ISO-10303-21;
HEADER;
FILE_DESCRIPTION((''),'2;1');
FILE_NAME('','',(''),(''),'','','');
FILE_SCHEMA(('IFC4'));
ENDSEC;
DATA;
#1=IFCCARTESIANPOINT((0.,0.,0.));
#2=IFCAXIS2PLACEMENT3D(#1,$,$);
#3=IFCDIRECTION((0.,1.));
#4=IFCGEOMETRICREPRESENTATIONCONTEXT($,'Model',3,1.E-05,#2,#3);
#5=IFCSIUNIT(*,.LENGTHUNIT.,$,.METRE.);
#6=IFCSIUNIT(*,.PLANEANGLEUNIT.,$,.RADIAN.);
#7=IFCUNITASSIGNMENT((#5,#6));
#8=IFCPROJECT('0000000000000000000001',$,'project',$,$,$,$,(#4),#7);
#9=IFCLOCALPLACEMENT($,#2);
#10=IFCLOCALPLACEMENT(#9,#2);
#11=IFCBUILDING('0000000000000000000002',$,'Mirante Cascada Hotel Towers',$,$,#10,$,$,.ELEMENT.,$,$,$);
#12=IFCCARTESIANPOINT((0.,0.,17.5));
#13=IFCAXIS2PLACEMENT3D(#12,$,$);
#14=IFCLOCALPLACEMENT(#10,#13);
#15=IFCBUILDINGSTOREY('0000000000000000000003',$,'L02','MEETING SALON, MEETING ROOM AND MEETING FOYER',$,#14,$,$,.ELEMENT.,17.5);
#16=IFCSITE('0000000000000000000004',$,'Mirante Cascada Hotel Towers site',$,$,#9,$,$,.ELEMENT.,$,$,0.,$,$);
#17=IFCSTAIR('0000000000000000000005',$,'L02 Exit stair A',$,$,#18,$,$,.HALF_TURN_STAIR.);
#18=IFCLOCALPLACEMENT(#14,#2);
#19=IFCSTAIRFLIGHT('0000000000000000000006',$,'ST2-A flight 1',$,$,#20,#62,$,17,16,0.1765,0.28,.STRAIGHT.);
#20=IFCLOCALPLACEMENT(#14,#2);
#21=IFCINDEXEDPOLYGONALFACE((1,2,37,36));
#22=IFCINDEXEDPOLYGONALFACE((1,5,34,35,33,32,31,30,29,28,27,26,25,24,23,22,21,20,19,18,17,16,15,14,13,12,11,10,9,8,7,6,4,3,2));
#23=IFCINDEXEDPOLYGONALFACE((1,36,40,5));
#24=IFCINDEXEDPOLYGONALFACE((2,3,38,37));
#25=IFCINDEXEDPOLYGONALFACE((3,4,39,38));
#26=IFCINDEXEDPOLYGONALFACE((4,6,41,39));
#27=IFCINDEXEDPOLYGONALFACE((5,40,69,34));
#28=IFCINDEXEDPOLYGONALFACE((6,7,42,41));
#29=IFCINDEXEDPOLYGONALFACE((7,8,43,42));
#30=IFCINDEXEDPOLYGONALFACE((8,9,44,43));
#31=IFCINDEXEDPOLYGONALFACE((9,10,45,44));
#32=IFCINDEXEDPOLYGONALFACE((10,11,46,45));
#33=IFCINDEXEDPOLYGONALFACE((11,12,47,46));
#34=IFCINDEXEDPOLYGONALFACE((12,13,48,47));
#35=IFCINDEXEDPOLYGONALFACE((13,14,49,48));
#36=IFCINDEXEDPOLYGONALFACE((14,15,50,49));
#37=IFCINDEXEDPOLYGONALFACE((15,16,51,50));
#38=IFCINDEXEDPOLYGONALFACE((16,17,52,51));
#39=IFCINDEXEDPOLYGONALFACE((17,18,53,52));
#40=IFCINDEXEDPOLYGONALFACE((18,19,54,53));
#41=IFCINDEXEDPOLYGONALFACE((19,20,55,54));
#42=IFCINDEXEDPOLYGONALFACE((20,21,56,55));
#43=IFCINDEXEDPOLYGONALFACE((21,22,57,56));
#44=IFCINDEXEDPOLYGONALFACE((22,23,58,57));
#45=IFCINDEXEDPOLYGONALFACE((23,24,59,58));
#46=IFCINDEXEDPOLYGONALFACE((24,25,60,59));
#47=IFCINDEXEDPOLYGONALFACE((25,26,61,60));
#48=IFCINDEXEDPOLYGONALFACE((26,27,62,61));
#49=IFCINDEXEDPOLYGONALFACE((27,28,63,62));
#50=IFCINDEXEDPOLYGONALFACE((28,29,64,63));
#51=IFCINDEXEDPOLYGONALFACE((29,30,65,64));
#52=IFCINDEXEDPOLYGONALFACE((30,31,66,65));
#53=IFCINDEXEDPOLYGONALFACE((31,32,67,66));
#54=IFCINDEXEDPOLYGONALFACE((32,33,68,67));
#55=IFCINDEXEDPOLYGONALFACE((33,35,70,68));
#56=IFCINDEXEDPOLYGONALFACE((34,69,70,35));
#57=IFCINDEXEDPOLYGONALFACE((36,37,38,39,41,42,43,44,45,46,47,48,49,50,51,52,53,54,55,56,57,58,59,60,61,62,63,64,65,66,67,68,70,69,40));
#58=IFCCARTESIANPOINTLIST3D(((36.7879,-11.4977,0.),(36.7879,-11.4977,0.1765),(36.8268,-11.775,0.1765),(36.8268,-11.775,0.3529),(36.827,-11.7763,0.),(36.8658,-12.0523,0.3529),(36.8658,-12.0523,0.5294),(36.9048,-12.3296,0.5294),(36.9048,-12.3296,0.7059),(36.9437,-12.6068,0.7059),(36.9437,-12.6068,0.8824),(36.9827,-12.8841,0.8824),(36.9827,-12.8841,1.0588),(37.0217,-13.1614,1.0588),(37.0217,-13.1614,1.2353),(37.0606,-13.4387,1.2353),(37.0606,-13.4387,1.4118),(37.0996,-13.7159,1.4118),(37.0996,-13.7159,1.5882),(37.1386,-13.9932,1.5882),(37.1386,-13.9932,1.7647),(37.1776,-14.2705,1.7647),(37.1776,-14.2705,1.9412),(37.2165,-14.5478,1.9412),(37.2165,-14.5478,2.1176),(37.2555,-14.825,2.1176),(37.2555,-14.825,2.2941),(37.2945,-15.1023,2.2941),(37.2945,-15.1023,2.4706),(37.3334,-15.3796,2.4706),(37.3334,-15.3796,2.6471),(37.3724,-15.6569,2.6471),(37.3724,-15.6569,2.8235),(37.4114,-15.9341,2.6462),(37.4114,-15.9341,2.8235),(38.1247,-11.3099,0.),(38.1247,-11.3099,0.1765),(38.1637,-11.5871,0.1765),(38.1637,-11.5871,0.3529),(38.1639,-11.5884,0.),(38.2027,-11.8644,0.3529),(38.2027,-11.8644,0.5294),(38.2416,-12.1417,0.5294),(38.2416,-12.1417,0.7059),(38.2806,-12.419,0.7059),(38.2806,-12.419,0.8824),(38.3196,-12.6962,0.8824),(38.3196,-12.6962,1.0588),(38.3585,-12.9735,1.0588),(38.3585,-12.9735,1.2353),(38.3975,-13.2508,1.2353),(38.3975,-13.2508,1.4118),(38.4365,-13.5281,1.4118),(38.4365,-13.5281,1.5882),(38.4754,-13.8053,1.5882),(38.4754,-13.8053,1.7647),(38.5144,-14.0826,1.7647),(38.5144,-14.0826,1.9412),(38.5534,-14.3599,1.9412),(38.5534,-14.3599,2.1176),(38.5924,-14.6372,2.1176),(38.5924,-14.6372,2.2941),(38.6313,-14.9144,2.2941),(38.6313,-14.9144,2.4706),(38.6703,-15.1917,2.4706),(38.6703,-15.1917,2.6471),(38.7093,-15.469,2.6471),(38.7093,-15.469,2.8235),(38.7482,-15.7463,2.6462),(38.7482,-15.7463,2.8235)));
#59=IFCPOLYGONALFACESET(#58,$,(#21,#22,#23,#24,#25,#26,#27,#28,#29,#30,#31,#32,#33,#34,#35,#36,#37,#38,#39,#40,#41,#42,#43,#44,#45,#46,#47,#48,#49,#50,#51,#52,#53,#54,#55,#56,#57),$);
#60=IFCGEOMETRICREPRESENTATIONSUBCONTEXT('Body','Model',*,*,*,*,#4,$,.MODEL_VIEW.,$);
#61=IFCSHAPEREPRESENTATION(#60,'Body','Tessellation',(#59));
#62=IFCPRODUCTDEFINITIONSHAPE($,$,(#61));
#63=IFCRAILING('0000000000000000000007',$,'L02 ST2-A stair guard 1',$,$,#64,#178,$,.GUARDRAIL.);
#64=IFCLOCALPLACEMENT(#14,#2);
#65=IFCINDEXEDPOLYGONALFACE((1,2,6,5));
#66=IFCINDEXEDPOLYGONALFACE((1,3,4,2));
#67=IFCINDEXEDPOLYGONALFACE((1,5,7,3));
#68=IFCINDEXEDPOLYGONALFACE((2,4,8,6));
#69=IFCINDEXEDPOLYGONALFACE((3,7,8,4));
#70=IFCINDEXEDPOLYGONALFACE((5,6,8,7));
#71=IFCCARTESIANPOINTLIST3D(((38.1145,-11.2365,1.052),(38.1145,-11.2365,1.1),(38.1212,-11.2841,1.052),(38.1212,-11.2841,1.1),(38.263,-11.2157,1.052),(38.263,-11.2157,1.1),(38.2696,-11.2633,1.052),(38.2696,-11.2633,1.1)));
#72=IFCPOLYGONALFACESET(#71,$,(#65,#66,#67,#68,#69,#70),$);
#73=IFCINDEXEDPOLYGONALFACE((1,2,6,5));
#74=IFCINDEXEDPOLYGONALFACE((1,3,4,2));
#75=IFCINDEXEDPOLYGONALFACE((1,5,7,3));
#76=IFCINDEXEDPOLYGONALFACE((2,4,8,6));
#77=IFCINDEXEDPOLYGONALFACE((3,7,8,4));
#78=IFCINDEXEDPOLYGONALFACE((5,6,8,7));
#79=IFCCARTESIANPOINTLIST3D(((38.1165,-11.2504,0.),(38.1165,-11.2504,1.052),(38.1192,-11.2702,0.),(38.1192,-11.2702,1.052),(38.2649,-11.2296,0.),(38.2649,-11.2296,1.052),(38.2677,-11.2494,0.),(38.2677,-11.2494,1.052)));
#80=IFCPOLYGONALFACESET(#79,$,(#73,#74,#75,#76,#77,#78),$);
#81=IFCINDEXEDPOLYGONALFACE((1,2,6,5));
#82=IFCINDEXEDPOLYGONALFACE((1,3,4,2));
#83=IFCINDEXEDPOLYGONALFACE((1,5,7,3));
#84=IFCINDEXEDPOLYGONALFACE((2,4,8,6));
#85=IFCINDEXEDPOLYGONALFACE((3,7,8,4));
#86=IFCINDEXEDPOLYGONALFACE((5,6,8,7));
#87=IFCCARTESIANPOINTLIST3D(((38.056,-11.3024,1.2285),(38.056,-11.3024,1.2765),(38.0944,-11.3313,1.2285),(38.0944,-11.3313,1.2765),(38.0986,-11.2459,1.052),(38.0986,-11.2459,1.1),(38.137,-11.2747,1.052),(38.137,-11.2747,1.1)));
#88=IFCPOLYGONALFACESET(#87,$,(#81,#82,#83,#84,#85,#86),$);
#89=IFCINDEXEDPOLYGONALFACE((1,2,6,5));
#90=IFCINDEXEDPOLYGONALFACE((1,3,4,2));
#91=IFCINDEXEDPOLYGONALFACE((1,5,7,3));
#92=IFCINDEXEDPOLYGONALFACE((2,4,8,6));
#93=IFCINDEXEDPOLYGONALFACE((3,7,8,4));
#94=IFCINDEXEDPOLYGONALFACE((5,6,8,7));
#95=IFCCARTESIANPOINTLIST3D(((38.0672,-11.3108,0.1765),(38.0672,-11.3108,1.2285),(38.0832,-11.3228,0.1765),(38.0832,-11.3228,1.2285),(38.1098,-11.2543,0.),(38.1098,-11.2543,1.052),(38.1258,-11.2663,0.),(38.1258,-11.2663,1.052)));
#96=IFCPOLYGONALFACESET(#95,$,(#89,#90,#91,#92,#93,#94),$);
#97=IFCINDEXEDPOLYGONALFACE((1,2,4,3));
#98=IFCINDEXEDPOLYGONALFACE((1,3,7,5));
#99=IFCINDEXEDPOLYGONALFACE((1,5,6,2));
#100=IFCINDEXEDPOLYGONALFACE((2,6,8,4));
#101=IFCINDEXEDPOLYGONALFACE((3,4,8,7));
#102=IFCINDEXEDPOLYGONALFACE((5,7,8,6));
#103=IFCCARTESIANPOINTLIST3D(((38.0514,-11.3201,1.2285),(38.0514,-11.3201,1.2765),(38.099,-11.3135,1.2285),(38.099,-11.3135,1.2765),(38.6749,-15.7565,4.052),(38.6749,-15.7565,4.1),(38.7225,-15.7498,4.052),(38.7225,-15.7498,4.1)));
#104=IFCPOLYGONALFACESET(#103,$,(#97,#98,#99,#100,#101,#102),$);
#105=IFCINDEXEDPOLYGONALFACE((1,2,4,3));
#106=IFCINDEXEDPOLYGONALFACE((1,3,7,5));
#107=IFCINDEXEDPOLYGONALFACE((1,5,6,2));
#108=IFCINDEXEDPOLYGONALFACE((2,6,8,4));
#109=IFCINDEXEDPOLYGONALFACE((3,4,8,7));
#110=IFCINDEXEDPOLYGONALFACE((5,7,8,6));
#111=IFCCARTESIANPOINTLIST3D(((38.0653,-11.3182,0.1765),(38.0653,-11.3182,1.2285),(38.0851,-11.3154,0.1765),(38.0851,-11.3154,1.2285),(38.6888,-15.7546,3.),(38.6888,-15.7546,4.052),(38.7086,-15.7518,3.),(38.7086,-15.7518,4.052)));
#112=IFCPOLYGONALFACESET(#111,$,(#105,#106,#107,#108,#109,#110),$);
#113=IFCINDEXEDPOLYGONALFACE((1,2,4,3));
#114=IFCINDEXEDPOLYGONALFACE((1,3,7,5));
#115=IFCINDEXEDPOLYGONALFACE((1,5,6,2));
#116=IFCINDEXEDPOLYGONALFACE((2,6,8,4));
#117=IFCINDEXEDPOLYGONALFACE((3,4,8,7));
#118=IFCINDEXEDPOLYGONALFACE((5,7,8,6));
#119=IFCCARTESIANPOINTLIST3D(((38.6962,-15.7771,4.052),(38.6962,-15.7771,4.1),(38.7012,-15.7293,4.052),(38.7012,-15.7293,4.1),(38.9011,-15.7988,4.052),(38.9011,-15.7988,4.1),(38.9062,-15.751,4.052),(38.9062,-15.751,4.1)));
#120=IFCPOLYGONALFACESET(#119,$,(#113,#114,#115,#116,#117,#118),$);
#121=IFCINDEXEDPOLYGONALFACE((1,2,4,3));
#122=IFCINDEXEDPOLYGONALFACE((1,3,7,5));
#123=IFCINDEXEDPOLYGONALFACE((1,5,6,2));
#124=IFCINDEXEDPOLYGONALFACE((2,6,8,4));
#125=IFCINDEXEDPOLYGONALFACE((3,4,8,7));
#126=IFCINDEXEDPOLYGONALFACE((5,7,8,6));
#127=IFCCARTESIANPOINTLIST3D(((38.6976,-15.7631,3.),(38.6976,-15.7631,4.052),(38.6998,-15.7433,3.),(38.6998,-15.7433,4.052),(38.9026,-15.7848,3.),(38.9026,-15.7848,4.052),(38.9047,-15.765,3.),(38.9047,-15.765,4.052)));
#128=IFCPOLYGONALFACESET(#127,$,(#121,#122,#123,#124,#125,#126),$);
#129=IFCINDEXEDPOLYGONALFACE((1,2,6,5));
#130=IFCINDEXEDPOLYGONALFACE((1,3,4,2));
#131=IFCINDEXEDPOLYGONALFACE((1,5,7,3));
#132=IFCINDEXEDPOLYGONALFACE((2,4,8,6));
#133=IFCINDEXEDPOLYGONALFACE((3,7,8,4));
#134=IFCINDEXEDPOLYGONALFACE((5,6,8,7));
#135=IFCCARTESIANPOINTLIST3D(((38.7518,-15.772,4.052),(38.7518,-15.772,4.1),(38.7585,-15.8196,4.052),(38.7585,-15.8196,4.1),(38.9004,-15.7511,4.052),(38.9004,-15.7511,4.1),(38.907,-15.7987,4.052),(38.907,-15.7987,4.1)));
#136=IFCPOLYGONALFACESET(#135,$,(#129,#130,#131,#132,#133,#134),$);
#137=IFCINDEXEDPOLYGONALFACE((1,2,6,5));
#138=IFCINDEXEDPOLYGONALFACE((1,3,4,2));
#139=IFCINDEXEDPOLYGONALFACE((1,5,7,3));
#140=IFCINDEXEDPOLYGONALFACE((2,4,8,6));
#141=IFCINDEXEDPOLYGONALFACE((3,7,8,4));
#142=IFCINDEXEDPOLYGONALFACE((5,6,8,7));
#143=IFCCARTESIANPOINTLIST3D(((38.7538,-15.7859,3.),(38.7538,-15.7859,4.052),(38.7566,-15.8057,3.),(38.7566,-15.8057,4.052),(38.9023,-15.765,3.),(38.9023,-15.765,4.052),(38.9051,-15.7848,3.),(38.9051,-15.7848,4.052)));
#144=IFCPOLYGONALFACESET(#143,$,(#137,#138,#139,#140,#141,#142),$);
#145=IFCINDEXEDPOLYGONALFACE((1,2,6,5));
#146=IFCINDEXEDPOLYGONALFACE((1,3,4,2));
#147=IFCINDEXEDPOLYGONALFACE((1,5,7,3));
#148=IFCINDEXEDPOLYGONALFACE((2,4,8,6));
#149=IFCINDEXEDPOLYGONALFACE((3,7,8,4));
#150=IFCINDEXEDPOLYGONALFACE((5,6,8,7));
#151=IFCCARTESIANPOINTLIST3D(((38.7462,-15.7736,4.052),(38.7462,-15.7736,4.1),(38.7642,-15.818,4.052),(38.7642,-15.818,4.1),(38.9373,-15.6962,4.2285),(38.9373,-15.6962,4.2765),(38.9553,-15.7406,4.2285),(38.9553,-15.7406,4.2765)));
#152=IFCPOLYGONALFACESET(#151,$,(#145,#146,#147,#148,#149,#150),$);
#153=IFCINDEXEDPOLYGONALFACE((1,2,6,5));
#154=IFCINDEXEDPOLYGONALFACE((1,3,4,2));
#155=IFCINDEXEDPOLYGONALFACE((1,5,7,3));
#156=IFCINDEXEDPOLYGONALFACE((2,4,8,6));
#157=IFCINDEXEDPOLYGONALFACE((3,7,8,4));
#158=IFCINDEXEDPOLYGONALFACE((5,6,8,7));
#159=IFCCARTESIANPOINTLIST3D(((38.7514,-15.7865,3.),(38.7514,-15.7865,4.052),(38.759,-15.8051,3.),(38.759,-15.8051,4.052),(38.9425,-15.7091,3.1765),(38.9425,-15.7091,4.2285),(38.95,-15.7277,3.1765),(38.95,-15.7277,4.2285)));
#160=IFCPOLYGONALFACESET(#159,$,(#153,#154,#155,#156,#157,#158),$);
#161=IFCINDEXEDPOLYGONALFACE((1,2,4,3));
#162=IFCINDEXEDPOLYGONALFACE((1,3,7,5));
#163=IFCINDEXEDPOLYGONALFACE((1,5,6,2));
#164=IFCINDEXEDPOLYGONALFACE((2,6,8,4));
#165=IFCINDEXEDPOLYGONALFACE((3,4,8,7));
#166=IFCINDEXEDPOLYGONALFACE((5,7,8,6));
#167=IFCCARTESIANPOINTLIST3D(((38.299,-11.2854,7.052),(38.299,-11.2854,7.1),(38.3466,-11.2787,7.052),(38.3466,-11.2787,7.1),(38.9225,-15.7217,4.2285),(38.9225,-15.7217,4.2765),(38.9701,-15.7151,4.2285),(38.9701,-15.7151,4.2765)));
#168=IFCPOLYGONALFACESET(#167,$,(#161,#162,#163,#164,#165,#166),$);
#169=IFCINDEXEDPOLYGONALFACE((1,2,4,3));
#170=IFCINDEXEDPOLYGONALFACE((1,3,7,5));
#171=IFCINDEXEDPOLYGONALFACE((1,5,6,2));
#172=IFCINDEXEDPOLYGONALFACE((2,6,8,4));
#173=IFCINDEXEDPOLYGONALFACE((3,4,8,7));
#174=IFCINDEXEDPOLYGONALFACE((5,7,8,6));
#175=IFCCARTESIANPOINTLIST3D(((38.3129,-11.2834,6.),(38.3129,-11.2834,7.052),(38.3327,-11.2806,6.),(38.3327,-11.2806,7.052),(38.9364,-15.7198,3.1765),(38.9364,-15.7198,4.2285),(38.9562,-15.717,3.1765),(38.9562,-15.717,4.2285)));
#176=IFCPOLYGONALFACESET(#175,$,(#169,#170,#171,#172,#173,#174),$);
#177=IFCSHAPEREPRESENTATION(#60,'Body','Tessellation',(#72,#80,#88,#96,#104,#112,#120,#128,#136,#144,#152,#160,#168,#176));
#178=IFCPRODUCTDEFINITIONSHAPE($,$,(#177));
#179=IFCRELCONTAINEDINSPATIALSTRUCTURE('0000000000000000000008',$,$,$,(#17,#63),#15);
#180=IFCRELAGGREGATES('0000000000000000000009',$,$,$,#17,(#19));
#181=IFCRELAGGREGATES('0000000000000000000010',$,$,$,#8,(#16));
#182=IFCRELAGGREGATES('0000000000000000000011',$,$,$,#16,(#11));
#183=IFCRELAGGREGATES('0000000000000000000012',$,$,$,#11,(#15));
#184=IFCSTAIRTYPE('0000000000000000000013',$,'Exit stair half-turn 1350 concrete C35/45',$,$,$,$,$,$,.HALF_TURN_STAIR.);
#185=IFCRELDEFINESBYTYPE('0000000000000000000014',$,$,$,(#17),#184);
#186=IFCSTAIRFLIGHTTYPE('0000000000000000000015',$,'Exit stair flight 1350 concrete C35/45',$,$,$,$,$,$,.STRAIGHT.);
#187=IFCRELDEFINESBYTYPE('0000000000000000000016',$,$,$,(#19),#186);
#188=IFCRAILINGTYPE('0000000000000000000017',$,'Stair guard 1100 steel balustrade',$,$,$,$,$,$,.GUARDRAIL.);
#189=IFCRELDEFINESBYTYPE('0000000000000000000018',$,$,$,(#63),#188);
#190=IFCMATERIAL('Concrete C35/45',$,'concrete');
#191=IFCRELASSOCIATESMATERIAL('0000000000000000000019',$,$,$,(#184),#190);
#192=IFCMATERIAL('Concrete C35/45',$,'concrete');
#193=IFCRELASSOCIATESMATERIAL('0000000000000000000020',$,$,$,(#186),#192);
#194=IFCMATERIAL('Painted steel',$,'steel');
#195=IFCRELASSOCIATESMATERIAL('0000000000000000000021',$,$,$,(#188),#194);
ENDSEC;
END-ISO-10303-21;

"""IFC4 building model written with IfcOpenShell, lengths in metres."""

from ifc_helpers import new_model, si_unit, direction, frame, origin, origin_2d, place, context, subcontext, project, spatial, polyline, rectangle, outline, extrude, material, type_object, element, aggregate, save


model = new_model("IFC4")

# Units and contexts
model_context = context("Model", 3, precision=1e-05, world=origin(), true_north=direction((0.0, 1.0)))
body_context = subcontext(model_context, "Body", "Model", "MODEL_VIEW")
ifc_project = project(units=[si_unit("LENGTHUNIT", "METRE"), si_unit("PLANEANGLEUNIT", "RADIAN")], contexts=[model_context])

# Site, building, storey
site_placement = place(None, origin())
site = spatial("IfcSite", under=ifc_project, at=site_placement, Name="Mirante Cascada Hotel Towers site", CompositionType="ELEMENT", RefElevation=0.0)
building_placement = place(site_placement, origin())
building = spatial("IfcBuilding", under=site, at=building_placement, Name="Mirante Cascada Hotel Towers", CompositionType="ELEMENT")
storey_placement = place(building_placement, frame((0.0, 0.0, 17.5)))
storey = spatial("IfcBuildingStorey", under=building, at=storey_placement, Name="L02", Description="MEETING SALON, MEETING ROOM AND MEETING FOYER", CompositionType="ELEMENT", Elevation=17.5)

# Stair, stair flight
ifc_material_1 = material(Name="Concrete C35/45", Category="concrete")
stair_type = type_object("IfcStairType", Name="Exit stair half-turn 1350 concrete C35/45", PredefinedType="HALF_TURN_STAIR", material=ifc_material_1)
stair_placement = place(storey_placement, origin())
stair = element("IfcStair", 1, at=stair_placement, inside=storey, type_object=stair_type, Name="L02 Exit stair A", PredefinedType="HALF_TURN_STAIR")
ifc_material_2 = material(Name="Concrete C35/45", Category="concrete")
stair_flight_type = type_object("IfcStairFlightType", Name="Exit stair flight 1350 concrete C35/45", PredefinedType="STRAIGHT", material=ifc_material_2)
stair_flight_placement = place(storey_placement, frame((37.4563, -11.4038, 0.0), z_axis=(0.0, 0.0, 1.0), x_axis=(0.139173, -0.990268, 0.0)))
stair_flight = element("IfcStairFlight", 2, at=stair_flight_placement, type_object=stair_flight_type, Name="ST2-A flight 1", NumberOfRisers=17, NumberOfTreads=16, PredefinedType="STRAIGHT", RiserHeight=0.1765, TreadLength=0.28, context=body_context, shape_type="SweptSolid", body=[
    extrude(outline(polyline([(0.0, 0.0), (0.0, 0.1765), (0.28, 0.1765), (0.28, 0.3529), (0.56, 0.3529), (0.56, 0.5294), (0.84, 0.5294), (0.84, 0.7059), (1.12, 0.7059), (1.12, 0.8824), (1.4, 0.8824), (1.4, 1.0588), (1.68, 1.0588), (1.68, 1.2353), (1.96, 1.2353), (1.96, 1.4118), (2.24, 1.4118), (2.24, 1.5882), (2.52, 1.5882), (2.52, 1.7647), (2.8, 1.7647), (2.8, 1.9412), (3.08, 1.9412), (3.08, 2.1176), (3.36, 2.1176), (3.36, 2.2941), (3.64, 2.2941), (3.64, 2.4706), (3.92, 2.4706), (3.92, 2.6471), (4.2, 2.6471), (4.2, 2.8235), (4.48, 2.8235), (4.48, 3.0), (4.48, 2.6462), (0.2813, 0.0), (0.0, 0.0)])), frame((0.0, 0.675, 0.0), z_axis=(0.0, -1.0, 0.0), x_axis=(1.0, 0.0, 0.0)), (0.0, 0.0, 1.0), 1.35),
])
aggregate(stair, [stair_flight])

# Railing
ifc_material_3 = material(Name="Painted steel", Category="steel")
railing_type_1 = type_object("IfcRailingType", Name="Stair guard 1100 steel balustrade", PredefinedType="GUARDRAIL", material=ifc_material_3)
railing_1_placement = place(storey_placement, frame((38.2663, -11.2395, 0.0)))
element("IfcRailing", 3, at=railing_1_placement, inside=storey, type_object=railing_type_1, Name="L02 ST2-A stair guard 1", PredefinedType="GUARDRAIL", context=body_context, shape_type="SweptSolid", body=[
    extrude(rectangle(XDim=0.048, YDim=0.048, at=origin_2d()), frame((0.0, 0.0, 1.076), z_axis=(-0.990333, -0.138713, 0.0), x_axis=(0.138713, -0.990333, 0.0)), (0.0, 0.0, 1.0), 0.1499),
    extrude(rectangle(XDim=0.02, YDim=1.052, at=origin_2d()), frame((0.0, 0.0, 0.526), z_axis=(-0.990333, -0.138713, 0.0), x_axis=(0.138713, -0.990333, 0.0)), (0.0, 0.0, 1.0), 0.1499),
    extrude(rectangle(XDim=0.048, YDim=0.048, at=origin_2d()), frame((-0.1485, -0.0208, 1.076), z_axis=(-0.602033, -0.798471, 0.0), x_axis=(0.798471, -0.602033, 0.0)), (0.0, 0.928186, 0.372117), 0.1902),
    extrude(rectangle(XDim=0.02, YDim=1.052, at=origin_2d()), frame((-0.1485, -0.0208, 0.526), z_axis=(-0.602033, -0.798471, 0.0), x_axis=(0.798471, -0.602033, 0.0)), (0.0, 0.928186, 0.372117), 0.1902),
    extrude(rectangle(XDim=0.048, YDim=0.048, at=origin_2d()), frame((-0.1911, -0.0773, 1.2525), z_axis=(0.139174, -0.990268, 0.0), x_axis=(0.990268, 0.139174, 0.0)), (0.0, 0.533186, 0.845998), 5.2955),
    extrude(rectangle(XDim=0.02, YDim=1.052, at=origin_2d()), frame((-0.1911, -0.0773, 0.7025), z_axis=(0.139174, -0.990268, 0.0), x_axis=(0.990268, 0.139174, 0.0)), (0.0, 0.533186, 0.845998), 5.2955),
    extrude(rectangle(XDim=0.048, YDim=0.048, at=origin_2d()), frame((0.4324, -4.5137, 4.076), z_axis=(0.994444, -0.105266, 0.0), x_axis=(0.105266, 0.994444, 0.0)), (0.0, 0.0, 1.0), 0.2061),
    extrude(rectangle(XDim=0.02, YDim=1.052, at=origin_2d()), frame((0.4324, -4.5137, 3.526), z_axis=(0.994444, -0.105266, 0.0), x_axis=(0.105266, 0.994444, 0.0)), (0.0, 0.0, 1.0), 0.2061),
    extrude(rectangle(XDim=0.048, YDim=0.048, at=origin_2d()), frame((0.6374, -4.5354, 4.076), z_axis=(-0.990241, -0.139367, 0.0), x_axis=(0.139367, -0.990241, 0.0)), (0.0, 0.0, 1.0), 0.15),
    extrude(rectangle(XDim=0.02, YDim=1.052, at=origin_2d()), frame((0.6374, -4.5354, 3.526), z_axis=(-0.990241, -0.139367, 0.0), x_axis=(0.139367, -0.990241, 0.0)), (0.0, 0.0, 1.0), 0.15),
    extrude(rectangle(XDim=0.048, YDim=0.048, at=origin_2d()), frame((0.4889, -4.5563, 4.076), z_axis=(0.926862, 0.375401, 0.0), x_axis=(-0.375401, 0.926862, 0.0)), (0.0, 0.650313, 0.759667), 0.2714),
    extrude(rectangle(XDim=0.02, YDim=1.052, at=origin_2d()), frame((0.4889, -4.5563, 3.526), z_axis=(0.926862, 0.375401, 0.0), x_axis=(-0.375401, 0.926862, 0.0)), (0.0, 0.650313, 0.759667), 0.2714),
    extrude(rectangle(XDim=0.048, YDim=0.048, at=origin_2d()), frame((0.68, -4.4789, 4.2525), z_axis=(-0.139174, 0.990268, 0.0), x_axis=(-0.990268, -0.139174, 0.0)), (0.0, 0.533186, 0.845998), 5.2955),
    extrude(rectangle(XDim=0.02, YDim=1.052, at=origin_2d()), frame((0.68, -4.4789, 3.7025), z_axis=(-0.139174, 0.990268, 0.0), x_axis=(-0.990268, -0.139174, 0.0)), (0.0, 0.533186, 0.845998), 5.2955),
])

save(model, "model.ifc")
